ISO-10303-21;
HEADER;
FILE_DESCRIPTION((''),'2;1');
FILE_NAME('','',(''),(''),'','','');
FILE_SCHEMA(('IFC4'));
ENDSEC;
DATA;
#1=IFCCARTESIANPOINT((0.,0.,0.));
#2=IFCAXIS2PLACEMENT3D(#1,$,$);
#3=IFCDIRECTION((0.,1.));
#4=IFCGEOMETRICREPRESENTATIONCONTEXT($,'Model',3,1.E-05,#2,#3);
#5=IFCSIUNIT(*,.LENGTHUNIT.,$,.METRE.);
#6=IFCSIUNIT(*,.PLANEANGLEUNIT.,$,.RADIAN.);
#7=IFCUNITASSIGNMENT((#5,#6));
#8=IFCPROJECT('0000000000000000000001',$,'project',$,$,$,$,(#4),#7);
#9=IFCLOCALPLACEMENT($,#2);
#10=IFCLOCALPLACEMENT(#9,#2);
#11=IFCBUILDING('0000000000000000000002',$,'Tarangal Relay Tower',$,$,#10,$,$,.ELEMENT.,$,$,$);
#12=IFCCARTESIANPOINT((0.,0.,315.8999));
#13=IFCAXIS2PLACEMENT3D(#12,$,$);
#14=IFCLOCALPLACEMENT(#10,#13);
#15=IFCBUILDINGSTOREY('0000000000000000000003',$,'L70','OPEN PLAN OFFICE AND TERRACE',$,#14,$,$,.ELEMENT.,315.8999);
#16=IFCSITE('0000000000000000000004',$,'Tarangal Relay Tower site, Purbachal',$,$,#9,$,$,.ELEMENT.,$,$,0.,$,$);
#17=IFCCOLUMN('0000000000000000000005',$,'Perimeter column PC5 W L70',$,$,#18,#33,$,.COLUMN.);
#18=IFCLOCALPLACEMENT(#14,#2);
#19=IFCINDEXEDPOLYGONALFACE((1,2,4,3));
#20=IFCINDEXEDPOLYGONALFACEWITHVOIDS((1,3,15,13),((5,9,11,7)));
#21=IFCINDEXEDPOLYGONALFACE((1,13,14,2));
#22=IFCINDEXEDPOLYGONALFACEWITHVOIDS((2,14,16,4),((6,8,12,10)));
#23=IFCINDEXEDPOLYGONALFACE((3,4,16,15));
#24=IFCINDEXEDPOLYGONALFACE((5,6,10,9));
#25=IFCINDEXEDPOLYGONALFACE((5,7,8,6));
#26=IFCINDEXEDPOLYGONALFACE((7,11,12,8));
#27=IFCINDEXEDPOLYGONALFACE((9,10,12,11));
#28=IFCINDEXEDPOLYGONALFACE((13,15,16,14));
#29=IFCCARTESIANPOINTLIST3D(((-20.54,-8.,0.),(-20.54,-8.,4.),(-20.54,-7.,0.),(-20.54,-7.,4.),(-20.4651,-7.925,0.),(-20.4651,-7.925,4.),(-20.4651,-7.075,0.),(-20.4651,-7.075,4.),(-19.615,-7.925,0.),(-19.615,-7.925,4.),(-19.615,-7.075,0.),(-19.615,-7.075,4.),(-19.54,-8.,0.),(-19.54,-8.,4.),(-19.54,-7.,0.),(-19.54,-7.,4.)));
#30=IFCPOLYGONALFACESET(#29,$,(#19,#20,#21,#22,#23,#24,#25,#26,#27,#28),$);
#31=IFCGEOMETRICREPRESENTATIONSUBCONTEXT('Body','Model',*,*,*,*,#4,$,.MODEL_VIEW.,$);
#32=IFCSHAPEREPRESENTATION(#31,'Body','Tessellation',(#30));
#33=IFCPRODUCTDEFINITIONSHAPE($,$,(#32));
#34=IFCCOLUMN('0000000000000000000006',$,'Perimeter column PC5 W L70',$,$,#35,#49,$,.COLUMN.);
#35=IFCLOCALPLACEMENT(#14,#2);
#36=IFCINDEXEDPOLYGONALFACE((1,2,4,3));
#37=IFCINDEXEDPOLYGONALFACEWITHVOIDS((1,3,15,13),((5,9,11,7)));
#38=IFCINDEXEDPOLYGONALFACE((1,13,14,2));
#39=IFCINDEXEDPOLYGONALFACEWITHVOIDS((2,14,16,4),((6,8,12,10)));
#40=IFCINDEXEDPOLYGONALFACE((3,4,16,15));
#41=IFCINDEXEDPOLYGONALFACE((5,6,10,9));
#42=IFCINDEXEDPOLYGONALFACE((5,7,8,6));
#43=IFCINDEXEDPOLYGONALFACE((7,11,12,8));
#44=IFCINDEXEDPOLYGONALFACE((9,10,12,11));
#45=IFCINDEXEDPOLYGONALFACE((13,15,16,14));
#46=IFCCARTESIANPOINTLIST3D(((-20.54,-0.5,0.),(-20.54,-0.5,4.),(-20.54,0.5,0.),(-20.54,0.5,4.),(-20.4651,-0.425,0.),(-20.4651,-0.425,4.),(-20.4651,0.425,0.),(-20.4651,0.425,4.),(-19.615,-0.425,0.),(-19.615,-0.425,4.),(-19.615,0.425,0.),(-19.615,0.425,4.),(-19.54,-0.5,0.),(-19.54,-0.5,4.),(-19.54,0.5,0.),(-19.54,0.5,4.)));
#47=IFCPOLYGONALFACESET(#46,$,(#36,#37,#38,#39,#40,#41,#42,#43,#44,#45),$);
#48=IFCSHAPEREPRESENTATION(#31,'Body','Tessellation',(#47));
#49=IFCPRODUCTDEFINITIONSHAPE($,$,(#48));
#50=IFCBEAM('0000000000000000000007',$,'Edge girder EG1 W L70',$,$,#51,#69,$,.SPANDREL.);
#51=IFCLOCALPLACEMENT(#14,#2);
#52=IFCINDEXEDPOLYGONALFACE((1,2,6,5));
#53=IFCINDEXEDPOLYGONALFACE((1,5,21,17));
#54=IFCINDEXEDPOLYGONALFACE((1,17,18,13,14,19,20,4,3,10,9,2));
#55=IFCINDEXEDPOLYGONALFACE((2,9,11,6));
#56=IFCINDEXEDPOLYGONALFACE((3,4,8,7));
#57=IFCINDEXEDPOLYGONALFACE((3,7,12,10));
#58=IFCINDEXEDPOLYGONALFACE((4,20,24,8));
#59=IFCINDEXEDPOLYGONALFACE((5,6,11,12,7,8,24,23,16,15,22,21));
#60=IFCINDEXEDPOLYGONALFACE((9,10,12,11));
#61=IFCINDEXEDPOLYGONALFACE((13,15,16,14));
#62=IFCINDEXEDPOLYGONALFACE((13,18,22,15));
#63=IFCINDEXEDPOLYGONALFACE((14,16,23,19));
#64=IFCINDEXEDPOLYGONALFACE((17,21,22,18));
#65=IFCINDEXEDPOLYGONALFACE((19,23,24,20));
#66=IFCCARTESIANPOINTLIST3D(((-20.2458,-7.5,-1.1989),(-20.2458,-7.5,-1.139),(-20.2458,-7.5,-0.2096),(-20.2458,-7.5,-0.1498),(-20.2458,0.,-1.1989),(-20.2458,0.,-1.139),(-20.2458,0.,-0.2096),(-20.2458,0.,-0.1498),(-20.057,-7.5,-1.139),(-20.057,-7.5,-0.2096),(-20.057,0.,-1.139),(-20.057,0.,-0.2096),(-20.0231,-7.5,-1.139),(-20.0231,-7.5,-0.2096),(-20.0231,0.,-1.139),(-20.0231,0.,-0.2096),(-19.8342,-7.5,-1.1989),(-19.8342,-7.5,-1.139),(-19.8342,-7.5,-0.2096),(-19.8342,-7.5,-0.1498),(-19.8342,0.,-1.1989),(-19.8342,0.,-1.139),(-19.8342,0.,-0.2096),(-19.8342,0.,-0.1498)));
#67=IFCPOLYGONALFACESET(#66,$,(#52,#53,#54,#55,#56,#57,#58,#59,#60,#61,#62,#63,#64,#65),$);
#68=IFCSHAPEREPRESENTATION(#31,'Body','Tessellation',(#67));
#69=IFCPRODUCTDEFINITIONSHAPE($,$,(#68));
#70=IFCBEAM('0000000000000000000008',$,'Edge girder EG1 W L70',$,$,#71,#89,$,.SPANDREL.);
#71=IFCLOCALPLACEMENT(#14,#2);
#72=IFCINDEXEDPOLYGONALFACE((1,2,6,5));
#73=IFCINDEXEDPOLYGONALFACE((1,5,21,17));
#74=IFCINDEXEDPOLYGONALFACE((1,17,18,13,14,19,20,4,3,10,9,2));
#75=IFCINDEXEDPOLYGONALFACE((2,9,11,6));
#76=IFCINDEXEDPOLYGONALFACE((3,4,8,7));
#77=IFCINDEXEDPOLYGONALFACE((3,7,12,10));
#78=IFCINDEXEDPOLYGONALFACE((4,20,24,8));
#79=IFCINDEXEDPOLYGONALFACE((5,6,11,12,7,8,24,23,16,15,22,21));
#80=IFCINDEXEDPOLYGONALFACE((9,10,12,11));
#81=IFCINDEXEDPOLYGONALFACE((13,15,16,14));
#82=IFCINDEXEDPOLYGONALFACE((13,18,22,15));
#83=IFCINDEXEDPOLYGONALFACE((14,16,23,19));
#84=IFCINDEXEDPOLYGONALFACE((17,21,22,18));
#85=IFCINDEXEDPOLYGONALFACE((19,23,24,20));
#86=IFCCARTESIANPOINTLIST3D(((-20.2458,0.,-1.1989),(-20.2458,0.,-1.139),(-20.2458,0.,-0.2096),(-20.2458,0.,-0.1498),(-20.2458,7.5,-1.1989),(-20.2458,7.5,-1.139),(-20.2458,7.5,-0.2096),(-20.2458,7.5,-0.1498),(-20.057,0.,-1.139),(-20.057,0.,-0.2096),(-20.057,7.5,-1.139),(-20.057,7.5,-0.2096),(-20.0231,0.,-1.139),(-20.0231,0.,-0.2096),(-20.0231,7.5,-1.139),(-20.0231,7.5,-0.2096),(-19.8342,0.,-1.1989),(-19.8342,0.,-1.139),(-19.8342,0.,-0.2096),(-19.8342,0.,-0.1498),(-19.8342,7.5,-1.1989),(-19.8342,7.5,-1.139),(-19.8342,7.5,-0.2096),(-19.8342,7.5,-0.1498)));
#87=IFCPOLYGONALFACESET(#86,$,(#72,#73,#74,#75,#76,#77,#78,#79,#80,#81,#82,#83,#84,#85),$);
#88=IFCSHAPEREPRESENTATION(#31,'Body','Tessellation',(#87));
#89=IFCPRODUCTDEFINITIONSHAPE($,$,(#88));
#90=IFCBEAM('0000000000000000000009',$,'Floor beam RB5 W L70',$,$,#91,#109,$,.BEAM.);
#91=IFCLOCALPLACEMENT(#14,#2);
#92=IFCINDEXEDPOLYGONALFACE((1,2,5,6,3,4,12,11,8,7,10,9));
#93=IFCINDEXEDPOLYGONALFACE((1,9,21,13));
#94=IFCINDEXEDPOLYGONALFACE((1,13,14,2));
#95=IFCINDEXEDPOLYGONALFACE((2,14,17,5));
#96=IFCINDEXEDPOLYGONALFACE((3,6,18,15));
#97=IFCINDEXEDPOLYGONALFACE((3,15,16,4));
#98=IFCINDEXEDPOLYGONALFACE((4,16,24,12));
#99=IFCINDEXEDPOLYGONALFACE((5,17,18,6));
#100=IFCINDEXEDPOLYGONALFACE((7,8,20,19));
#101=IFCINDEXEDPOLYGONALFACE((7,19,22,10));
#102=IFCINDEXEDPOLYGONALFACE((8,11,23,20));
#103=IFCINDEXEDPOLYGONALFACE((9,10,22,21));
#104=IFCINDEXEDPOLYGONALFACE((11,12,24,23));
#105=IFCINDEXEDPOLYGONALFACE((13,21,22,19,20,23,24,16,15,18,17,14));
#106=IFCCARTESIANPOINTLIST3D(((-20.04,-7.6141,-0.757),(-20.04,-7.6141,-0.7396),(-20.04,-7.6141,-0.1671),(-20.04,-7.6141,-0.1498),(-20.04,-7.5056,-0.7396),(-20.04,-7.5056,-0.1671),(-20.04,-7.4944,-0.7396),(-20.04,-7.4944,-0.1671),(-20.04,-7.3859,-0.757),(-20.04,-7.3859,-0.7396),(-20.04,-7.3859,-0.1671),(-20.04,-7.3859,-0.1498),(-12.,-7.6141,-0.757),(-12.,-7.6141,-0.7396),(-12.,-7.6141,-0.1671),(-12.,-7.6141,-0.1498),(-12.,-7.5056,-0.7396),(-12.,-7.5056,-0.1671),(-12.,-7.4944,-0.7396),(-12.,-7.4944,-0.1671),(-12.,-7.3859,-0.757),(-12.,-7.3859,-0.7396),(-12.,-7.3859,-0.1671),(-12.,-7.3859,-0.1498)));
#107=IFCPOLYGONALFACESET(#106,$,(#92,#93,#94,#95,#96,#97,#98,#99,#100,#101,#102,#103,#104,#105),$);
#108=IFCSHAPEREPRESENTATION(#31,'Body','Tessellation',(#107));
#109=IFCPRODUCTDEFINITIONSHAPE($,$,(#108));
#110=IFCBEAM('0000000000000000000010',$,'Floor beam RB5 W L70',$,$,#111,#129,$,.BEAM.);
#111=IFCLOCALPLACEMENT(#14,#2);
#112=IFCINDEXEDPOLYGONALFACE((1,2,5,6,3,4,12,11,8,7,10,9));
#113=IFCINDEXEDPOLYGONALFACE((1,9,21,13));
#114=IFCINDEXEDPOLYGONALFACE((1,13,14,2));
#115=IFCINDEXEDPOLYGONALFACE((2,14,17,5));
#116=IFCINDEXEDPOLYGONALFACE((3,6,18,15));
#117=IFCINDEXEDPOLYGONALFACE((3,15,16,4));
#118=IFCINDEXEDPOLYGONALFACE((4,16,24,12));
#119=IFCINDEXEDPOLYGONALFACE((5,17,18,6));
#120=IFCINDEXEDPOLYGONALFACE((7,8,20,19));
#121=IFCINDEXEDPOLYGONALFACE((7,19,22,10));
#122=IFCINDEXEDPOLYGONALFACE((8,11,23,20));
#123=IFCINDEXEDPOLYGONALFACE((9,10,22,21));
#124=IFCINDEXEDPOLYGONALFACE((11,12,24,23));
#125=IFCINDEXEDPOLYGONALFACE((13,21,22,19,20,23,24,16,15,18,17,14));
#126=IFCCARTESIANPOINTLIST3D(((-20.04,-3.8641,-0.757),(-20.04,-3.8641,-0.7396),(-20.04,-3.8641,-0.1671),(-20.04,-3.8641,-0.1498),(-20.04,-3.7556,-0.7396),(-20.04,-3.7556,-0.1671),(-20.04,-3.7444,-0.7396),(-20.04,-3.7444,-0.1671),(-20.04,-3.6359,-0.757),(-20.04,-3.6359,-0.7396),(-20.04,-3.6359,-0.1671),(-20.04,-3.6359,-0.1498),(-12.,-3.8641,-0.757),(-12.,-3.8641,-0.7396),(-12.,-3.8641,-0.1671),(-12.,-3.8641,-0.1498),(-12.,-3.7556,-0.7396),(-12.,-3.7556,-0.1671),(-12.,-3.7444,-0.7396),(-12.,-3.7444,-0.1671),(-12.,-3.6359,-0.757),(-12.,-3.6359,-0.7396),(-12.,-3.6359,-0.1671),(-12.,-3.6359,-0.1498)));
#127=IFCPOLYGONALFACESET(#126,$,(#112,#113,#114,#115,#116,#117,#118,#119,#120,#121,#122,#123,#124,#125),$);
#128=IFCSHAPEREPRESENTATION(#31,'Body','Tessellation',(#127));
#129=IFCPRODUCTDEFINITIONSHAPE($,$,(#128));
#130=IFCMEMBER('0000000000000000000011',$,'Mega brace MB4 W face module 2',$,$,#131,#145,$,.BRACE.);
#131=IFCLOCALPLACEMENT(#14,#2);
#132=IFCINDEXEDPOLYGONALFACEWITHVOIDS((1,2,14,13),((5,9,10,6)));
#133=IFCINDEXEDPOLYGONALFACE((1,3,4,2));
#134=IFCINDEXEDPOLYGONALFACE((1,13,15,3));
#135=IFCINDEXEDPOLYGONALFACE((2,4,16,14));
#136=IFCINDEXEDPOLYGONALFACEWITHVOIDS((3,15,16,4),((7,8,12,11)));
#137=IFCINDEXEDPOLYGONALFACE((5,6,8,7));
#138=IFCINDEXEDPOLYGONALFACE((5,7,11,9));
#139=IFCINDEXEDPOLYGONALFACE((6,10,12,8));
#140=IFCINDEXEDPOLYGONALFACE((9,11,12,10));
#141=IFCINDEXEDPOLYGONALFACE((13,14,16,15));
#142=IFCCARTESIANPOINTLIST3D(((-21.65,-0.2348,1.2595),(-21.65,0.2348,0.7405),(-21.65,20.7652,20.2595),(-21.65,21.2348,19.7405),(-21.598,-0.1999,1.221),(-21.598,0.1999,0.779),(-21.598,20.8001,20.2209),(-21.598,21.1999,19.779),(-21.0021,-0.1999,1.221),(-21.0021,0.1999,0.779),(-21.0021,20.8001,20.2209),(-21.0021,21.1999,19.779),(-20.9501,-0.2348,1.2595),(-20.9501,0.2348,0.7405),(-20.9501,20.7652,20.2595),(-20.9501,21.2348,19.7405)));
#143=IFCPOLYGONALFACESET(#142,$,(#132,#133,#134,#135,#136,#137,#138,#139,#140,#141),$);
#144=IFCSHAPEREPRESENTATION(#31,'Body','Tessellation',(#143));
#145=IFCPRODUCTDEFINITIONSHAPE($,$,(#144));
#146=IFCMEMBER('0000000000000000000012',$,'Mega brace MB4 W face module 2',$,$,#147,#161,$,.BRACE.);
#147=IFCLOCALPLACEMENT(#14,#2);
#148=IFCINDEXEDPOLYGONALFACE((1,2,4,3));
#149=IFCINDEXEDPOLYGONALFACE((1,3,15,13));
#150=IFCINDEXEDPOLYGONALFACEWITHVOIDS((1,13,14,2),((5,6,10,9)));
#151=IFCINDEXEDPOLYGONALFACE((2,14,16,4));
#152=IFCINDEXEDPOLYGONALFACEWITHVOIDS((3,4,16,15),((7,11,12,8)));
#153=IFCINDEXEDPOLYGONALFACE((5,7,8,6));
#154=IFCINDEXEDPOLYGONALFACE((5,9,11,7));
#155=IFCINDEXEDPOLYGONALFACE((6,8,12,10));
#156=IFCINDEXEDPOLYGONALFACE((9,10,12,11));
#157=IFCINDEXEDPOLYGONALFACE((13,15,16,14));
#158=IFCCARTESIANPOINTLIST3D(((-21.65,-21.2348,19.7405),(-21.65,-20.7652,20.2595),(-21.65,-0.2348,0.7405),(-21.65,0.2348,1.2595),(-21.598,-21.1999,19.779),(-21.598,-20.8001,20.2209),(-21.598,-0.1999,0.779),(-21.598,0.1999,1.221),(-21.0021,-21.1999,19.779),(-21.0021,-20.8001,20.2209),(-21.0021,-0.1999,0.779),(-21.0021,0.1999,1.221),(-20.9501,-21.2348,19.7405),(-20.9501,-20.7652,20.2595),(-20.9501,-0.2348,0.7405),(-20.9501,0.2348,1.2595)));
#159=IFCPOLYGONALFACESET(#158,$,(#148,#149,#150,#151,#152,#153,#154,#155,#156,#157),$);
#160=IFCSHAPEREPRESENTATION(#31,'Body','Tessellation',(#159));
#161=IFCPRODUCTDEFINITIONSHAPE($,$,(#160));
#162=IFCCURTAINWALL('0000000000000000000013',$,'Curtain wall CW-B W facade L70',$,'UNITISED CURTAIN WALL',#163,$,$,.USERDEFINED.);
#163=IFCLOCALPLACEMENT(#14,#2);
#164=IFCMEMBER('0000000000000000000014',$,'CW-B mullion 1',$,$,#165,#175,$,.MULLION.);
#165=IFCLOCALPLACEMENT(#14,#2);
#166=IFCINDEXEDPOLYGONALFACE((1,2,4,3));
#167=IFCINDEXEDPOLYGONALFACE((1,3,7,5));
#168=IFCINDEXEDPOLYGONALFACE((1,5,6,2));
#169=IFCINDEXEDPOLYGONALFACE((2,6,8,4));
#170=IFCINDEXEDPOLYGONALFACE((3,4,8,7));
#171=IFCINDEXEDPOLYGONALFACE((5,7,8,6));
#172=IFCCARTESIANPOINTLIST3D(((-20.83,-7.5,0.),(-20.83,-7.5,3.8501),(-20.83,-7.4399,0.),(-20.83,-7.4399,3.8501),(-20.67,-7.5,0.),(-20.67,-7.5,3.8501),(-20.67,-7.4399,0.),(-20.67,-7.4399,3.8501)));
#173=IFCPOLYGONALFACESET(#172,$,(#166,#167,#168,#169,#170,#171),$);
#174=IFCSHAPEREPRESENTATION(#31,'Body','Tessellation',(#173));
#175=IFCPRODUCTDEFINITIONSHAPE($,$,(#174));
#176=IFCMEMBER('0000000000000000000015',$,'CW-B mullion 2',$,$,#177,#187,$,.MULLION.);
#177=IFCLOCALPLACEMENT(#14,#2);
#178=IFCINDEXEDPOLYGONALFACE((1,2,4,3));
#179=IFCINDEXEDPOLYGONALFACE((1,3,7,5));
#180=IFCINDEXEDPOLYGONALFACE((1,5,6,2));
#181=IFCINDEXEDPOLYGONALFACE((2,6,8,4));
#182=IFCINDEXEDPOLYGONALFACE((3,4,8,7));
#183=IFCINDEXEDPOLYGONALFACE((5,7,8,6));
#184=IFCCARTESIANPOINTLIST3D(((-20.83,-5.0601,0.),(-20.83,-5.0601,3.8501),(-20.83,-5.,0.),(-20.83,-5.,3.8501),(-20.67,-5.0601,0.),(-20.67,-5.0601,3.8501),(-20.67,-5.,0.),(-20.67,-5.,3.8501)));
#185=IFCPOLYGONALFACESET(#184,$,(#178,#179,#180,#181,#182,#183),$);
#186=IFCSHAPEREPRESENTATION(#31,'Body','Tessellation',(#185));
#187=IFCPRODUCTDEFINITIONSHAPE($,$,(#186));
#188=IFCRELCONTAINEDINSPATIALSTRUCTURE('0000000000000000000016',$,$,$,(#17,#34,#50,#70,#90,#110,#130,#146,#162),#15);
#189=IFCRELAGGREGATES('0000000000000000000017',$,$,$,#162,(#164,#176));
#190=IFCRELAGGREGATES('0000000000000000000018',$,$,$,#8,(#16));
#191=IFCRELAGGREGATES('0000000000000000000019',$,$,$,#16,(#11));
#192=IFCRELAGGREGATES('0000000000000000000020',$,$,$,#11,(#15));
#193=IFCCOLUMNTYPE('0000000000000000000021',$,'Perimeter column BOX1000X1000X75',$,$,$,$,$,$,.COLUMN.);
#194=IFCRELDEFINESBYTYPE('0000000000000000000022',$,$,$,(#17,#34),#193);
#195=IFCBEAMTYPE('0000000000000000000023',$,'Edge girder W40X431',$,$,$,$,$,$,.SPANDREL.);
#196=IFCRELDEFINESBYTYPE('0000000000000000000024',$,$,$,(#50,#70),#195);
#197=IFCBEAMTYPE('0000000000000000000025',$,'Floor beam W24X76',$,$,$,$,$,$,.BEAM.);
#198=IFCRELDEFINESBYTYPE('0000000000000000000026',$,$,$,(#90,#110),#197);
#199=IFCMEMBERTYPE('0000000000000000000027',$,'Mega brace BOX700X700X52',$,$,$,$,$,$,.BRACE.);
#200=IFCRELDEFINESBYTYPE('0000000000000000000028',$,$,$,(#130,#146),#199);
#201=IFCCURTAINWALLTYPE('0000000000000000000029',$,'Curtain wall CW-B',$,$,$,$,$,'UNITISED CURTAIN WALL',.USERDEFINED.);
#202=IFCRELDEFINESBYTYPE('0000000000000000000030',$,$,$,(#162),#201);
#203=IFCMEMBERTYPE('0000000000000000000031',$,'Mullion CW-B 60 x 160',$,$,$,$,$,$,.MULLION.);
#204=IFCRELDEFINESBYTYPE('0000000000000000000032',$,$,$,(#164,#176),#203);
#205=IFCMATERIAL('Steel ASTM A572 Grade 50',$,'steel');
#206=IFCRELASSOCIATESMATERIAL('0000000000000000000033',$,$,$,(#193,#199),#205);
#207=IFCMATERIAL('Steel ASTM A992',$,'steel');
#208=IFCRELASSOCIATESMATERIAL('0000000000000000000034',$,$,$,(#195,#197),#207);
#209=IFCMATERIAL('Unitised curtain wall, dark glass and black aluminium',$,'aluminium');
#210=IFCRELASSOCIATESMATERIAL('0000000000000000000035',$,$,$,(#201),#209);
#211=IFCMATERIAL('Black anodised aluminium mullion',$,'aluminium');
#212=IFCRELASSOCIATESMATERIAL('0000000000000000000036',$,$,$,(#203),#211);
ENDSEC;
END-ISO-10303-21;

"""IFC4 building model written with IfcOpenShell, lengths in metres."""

from ifc_helpers import new_model, si_unit, direction, frame, origin, origin_2d, place, context, subcontext, project, spatial, rectangle, hollow_rectangle, i_section, extrude, material, material_profile, profile_set, type_object, element, aggregate, save


model = new_model("IFC4")

# Units and contexts
model_context = context("Model", 3, precision=1e-05, world=origin(), true_north=direction((0.0, 1.0)))
body_context = subcontext(model_context, "Body", "Model", "MODEL_VIEW")
ifc_project = project(units=[si_unit("LENGTHUNIT", "METRE"), si_unit("PLANEANGLEUNIT", "RADIAN")], contexts=[model_context])

# Site, building, storey
site_placement = place(None, origin())
site = spatial("IfcSite", under=ifc_project, at=site_placement, Name="Tarangal Relay Tower site, Purbachal", CompositionType="ELEMENT", RefElevation=0.0)
building_placement = place(site_placement, origin())
building = spatial("IfcBuilding", under=site, at=building_placement, Name="Tarangal Relay Tower", CompositionType="ELEMENT")
storey_placement = place(building_placement, frame((0.0, 0.0, 315.8999)))
storey = spatial("IfcBuildingStorey", under=building, at=storey_placement, Name="L70", Description="OPEN PLAN OFFICE AND TERRACE", CompositionType="ELEMENT", Elevation=315.8999)

# Columns
ifc_material_1 = material(Name="Steel ASTM A572 Grade 50", Category="steel")
ifc_material_profile_1 = material_profile(ifc_material_1, hollow_rectangle(XDim=1.0, YDim=1.0, WallThickness=0.075, at=origin_2d()), Name="BOX1000X1000X75")
ifc_profile_set_1 = profile_set([ifc_material_profile_1], Name="Steel ASTM A572 Grade 50")
column_type = type_object("IfcColumnType", Name="Perimeter column BOX1000X1000X75", PredefinedType="COLUMN", material=ifc_profile_set_1)
for number, where, z_axis, x_axis, name in (
    (1, (-20.04, -7.5, 0.0), (0.0, 0.0, 1.0), (1.0, 0.0, 0.0), "Perimeter column PC5 W L70"),
    (2, (-20.04, 0.0, 0.0), (0.0, 0.0, 1.0), (1.0, 0.0, 0.0), "Perimeter column PC5 W L70"),
):
    element("IfcColumn", number, at=place(storey_placement, frame(where, z_axis=z_axis, x_axis=x_axis)), inside=storey, type_object=column_type, Name=name, PredefinedType="COLUMN", context=body_context, shape_type="SweptSolid", body=[
        extrude(hollow_rectangle(XDim=1.0, YDim=1.0, WallThickness=0.075, at=origin_2d()), origin(), (0.0, 0.0, 1.0), 4.0),
    ])

# Beams
ifc_material_2 = material(Name="Steel ASTM A992", Category="steel")
ifc_material_profile_2 = material_profile(ifc_material_2, i_section(OverallWidth=0.4116, OverallDepth=1.0491, WebThickness=0.0339, FlangeThickness=0.0598, at=origin_2d()), Name="W40X431")
ifc_profile_set_2 = profile_set([ifc_material_profile_2], Name="Steel ASTM A992")
beam_type_1 = type_object("IfcBeamType", Name="Edge girder W40X431", PredefinedType="SPANDREL", material=ifc_profile_set_2)
for number, where, z_axis, x_axis, name in (
    (3, (-20.04, -7.5, -0.6743), (0.0, 1.0, 0.0), (-1.0, 0.0, 0.0), "Edge girder EG1 W L70"),
    (4, (-20.04, 0.0, -0.6743), (0.0, 1.0, 0.0), (-1.0, 0.0, 0.0), "Edge girder EG1 W L70"),
):
    element("IfcBeam", number, at=place(storey_placement, frame(where, z_axis=z_axis, x_axis=x_axis)), inside=storey, type_object=beam_type_1, Name=name, PredefinedType="SPANDREL", context=body_context, shape_type="SweptSolid", body=[
        extrude(i_section(OverallWidth=0.4116, OverallDepth=1.0491, WebThickness=0.0339, FlangeThickness=0.0598, at=origin_2d()), origin(), (0.0, 0.0, 1.0), 7.5),
    ])
ifc_material_profile_3 = material_profile(ifc_material_2, i_section(OverallWidth=0.2283, OverallDepth=0.6072, WebThickness=0.0112, FlangeThickness=0.0173, at=origin_2d()), Name="W24X76")
ifc_profile_set_3 = profile_set([ifc_material_profile_3], Name="Steel ASTM A992")
beam_type_2 = type_object("IfcBeamType", Name="Floor beam W24X76", PredefinedType="BEAM", material=ifc_profile_set_3)
for number, where, z_axis, x_axis, name in (
    (5, (-12.0, -7.5, -0.4534), (-1.0, 0.0, 0.0), (0.0, -1.0, 0.0), "Floor beam RB5 W L70"),
    (6, (-12.0, -3.75, -0.4534), (-1.0, 0.0, 0.0), (0.0, -1.0, 0.0), "Floor beam RB5 W L70"),
):
    element("IfcBeam", number, at=place(storey_placement, frame(where, z_axis=z_axis, x_axis=x_axis)), inside=storey, type_object=beam_type_2, Name=name, PredefinedType="BEAM", context=body_context, shape_type="SweptSolid", body=[
        extrude(i_section(OverallWidth=0.2283, OverallDepth=0.6072, WebThickness=0.0112, FlangeThickness=0.0173, at=origin_2d()), origin(), (0.0, 0.0, 1.0), 8.04),
    ])

# Members
ifc_material_profile_4 = material_profile(ifc_material_1, hollow_rectangle(XDim=0.7, YDim=0.7, WallThickness=0.052, at=origin_2d()), Name="BOX700X700X52")
ifc_profile_set_4 = profile_set([ifc_material_profile_4], Name="Steel ASTM A572 Grade 50")
member_type_1 = type_object("IfcMemberType", Name="Mega brace BOX700X700X52", PredefinedType="BRACE", material=ifc_profile_set_4)
for number, where, z_axis, x_axis, name in (
    (7, (-21.3, 0.0, 1.0), (0.0, 0.741536, 0.670913), (-1.0, 0.0, 0.0), "Mega brace MB4 W face module 2"),
    (8, (-21.3, 0.0, 1.0), (0.0, -0.741536, 0.670913), (1.0, 0.0, 0.0), "Mega brace MB4 W face module 2"),
):
    element("IfcMember", number, at=place(storey_placement, frame(where, z_axis=z_axis, x_axis=x_axis)), inside=storey, type_object=member_type_1, Name=name, PredefinedType="BRACE", context=body_context, shape_type="SweptSolid", body=[
        extrude(hollow_rectangle(XDim=0.7, YDim=0.7, WallThickness=0.052, at=origin_2d()), origin(), (0.0, 0.0, 1.0), 28.3196),
    ])

# Curtain wall, members
ifc_material_3 = material(Name="Unitised curtain wall, dark glass and black aluminium", Category="aluminium")
curtain_wall_type_1 = type_object("IfcCurtainWallType", Name="Curtain wall CW-B", ElementType="UNITISED CURTAIN WALL", PredefinedType="USERDEFINED", material=ifc_material_3)
curtain_wall_1_placement = place(storey_placement, origin())
curtain_wall_1 = element("IfcCurtainWall", 9, at=curtain_wall_1_placement, inside=storey, type_object=curtain_wall_type_1, Name="Curtain wall CW-B W facade L70", ObjectType="UNITISED CURTAIN WALL", PredefinedType="USERDEFINED")
ifc_material_4 = material(Name="Black anodised aluminium mullion", Category="aluminium")
ifc_material_profile_5 = material_profile(ifc_material_4, rectangle(XDim=0.1599, YDim=0.0601, at=origin_2d()), Name="CW-BM 60X160")
ifc_profile_set_5 = profile_set([ifc_material_profile_5], Name="Black anodised aluminium mullion")
member_type_2 = type_object("IfcMemberType", Name="Mullion CW-B 60 x 160", PredefinedType="MULLION", material=ifc_profile_set_5)
member_1_placement = place(storey_placement, frame((-20.75, -7.47, 0.0), z_axis=(0.0, 0.0, 1.0), x_axis=(-1.0, 0.0, 0.0)))
member_1 = element("IfcMember", 10, at=member_1_placement, type_object=member_type_2, Name="CW-B mullion 1", PredefinedType="MULLION", context=body_context, shape_type="SweptSolid", body=[
    extrude(rectangle(XDim=0.1599, YDim=0.0601, at=origin_2d()), origin(), (0.0, 0.0, 1.0), 3.8501),
])
member_2_placement = place(storey_placement, frame((-20.75, -5.03, 0.0), z_axis=(0.0, 0.0, 1.0), x_axis=(-1.0, 0.0, 0.0)))
member_2 = element("IfcMember", 11, at=member_2_placement, type_object=member_type_2, Name="CW-B mullion 2", PredefinedType="MULLION", context=body_context, shape_type="SweptSolid", body=[
    extrude(rectangle(XDim=0.1599, YDim=0.0601, at=origin_2d()), origin(), (0.0, 0.0, 1.0), 3.8501),
])

aggregate(curtain_wall_1, [member_1, member_2])

save(model, "model.ifc")
